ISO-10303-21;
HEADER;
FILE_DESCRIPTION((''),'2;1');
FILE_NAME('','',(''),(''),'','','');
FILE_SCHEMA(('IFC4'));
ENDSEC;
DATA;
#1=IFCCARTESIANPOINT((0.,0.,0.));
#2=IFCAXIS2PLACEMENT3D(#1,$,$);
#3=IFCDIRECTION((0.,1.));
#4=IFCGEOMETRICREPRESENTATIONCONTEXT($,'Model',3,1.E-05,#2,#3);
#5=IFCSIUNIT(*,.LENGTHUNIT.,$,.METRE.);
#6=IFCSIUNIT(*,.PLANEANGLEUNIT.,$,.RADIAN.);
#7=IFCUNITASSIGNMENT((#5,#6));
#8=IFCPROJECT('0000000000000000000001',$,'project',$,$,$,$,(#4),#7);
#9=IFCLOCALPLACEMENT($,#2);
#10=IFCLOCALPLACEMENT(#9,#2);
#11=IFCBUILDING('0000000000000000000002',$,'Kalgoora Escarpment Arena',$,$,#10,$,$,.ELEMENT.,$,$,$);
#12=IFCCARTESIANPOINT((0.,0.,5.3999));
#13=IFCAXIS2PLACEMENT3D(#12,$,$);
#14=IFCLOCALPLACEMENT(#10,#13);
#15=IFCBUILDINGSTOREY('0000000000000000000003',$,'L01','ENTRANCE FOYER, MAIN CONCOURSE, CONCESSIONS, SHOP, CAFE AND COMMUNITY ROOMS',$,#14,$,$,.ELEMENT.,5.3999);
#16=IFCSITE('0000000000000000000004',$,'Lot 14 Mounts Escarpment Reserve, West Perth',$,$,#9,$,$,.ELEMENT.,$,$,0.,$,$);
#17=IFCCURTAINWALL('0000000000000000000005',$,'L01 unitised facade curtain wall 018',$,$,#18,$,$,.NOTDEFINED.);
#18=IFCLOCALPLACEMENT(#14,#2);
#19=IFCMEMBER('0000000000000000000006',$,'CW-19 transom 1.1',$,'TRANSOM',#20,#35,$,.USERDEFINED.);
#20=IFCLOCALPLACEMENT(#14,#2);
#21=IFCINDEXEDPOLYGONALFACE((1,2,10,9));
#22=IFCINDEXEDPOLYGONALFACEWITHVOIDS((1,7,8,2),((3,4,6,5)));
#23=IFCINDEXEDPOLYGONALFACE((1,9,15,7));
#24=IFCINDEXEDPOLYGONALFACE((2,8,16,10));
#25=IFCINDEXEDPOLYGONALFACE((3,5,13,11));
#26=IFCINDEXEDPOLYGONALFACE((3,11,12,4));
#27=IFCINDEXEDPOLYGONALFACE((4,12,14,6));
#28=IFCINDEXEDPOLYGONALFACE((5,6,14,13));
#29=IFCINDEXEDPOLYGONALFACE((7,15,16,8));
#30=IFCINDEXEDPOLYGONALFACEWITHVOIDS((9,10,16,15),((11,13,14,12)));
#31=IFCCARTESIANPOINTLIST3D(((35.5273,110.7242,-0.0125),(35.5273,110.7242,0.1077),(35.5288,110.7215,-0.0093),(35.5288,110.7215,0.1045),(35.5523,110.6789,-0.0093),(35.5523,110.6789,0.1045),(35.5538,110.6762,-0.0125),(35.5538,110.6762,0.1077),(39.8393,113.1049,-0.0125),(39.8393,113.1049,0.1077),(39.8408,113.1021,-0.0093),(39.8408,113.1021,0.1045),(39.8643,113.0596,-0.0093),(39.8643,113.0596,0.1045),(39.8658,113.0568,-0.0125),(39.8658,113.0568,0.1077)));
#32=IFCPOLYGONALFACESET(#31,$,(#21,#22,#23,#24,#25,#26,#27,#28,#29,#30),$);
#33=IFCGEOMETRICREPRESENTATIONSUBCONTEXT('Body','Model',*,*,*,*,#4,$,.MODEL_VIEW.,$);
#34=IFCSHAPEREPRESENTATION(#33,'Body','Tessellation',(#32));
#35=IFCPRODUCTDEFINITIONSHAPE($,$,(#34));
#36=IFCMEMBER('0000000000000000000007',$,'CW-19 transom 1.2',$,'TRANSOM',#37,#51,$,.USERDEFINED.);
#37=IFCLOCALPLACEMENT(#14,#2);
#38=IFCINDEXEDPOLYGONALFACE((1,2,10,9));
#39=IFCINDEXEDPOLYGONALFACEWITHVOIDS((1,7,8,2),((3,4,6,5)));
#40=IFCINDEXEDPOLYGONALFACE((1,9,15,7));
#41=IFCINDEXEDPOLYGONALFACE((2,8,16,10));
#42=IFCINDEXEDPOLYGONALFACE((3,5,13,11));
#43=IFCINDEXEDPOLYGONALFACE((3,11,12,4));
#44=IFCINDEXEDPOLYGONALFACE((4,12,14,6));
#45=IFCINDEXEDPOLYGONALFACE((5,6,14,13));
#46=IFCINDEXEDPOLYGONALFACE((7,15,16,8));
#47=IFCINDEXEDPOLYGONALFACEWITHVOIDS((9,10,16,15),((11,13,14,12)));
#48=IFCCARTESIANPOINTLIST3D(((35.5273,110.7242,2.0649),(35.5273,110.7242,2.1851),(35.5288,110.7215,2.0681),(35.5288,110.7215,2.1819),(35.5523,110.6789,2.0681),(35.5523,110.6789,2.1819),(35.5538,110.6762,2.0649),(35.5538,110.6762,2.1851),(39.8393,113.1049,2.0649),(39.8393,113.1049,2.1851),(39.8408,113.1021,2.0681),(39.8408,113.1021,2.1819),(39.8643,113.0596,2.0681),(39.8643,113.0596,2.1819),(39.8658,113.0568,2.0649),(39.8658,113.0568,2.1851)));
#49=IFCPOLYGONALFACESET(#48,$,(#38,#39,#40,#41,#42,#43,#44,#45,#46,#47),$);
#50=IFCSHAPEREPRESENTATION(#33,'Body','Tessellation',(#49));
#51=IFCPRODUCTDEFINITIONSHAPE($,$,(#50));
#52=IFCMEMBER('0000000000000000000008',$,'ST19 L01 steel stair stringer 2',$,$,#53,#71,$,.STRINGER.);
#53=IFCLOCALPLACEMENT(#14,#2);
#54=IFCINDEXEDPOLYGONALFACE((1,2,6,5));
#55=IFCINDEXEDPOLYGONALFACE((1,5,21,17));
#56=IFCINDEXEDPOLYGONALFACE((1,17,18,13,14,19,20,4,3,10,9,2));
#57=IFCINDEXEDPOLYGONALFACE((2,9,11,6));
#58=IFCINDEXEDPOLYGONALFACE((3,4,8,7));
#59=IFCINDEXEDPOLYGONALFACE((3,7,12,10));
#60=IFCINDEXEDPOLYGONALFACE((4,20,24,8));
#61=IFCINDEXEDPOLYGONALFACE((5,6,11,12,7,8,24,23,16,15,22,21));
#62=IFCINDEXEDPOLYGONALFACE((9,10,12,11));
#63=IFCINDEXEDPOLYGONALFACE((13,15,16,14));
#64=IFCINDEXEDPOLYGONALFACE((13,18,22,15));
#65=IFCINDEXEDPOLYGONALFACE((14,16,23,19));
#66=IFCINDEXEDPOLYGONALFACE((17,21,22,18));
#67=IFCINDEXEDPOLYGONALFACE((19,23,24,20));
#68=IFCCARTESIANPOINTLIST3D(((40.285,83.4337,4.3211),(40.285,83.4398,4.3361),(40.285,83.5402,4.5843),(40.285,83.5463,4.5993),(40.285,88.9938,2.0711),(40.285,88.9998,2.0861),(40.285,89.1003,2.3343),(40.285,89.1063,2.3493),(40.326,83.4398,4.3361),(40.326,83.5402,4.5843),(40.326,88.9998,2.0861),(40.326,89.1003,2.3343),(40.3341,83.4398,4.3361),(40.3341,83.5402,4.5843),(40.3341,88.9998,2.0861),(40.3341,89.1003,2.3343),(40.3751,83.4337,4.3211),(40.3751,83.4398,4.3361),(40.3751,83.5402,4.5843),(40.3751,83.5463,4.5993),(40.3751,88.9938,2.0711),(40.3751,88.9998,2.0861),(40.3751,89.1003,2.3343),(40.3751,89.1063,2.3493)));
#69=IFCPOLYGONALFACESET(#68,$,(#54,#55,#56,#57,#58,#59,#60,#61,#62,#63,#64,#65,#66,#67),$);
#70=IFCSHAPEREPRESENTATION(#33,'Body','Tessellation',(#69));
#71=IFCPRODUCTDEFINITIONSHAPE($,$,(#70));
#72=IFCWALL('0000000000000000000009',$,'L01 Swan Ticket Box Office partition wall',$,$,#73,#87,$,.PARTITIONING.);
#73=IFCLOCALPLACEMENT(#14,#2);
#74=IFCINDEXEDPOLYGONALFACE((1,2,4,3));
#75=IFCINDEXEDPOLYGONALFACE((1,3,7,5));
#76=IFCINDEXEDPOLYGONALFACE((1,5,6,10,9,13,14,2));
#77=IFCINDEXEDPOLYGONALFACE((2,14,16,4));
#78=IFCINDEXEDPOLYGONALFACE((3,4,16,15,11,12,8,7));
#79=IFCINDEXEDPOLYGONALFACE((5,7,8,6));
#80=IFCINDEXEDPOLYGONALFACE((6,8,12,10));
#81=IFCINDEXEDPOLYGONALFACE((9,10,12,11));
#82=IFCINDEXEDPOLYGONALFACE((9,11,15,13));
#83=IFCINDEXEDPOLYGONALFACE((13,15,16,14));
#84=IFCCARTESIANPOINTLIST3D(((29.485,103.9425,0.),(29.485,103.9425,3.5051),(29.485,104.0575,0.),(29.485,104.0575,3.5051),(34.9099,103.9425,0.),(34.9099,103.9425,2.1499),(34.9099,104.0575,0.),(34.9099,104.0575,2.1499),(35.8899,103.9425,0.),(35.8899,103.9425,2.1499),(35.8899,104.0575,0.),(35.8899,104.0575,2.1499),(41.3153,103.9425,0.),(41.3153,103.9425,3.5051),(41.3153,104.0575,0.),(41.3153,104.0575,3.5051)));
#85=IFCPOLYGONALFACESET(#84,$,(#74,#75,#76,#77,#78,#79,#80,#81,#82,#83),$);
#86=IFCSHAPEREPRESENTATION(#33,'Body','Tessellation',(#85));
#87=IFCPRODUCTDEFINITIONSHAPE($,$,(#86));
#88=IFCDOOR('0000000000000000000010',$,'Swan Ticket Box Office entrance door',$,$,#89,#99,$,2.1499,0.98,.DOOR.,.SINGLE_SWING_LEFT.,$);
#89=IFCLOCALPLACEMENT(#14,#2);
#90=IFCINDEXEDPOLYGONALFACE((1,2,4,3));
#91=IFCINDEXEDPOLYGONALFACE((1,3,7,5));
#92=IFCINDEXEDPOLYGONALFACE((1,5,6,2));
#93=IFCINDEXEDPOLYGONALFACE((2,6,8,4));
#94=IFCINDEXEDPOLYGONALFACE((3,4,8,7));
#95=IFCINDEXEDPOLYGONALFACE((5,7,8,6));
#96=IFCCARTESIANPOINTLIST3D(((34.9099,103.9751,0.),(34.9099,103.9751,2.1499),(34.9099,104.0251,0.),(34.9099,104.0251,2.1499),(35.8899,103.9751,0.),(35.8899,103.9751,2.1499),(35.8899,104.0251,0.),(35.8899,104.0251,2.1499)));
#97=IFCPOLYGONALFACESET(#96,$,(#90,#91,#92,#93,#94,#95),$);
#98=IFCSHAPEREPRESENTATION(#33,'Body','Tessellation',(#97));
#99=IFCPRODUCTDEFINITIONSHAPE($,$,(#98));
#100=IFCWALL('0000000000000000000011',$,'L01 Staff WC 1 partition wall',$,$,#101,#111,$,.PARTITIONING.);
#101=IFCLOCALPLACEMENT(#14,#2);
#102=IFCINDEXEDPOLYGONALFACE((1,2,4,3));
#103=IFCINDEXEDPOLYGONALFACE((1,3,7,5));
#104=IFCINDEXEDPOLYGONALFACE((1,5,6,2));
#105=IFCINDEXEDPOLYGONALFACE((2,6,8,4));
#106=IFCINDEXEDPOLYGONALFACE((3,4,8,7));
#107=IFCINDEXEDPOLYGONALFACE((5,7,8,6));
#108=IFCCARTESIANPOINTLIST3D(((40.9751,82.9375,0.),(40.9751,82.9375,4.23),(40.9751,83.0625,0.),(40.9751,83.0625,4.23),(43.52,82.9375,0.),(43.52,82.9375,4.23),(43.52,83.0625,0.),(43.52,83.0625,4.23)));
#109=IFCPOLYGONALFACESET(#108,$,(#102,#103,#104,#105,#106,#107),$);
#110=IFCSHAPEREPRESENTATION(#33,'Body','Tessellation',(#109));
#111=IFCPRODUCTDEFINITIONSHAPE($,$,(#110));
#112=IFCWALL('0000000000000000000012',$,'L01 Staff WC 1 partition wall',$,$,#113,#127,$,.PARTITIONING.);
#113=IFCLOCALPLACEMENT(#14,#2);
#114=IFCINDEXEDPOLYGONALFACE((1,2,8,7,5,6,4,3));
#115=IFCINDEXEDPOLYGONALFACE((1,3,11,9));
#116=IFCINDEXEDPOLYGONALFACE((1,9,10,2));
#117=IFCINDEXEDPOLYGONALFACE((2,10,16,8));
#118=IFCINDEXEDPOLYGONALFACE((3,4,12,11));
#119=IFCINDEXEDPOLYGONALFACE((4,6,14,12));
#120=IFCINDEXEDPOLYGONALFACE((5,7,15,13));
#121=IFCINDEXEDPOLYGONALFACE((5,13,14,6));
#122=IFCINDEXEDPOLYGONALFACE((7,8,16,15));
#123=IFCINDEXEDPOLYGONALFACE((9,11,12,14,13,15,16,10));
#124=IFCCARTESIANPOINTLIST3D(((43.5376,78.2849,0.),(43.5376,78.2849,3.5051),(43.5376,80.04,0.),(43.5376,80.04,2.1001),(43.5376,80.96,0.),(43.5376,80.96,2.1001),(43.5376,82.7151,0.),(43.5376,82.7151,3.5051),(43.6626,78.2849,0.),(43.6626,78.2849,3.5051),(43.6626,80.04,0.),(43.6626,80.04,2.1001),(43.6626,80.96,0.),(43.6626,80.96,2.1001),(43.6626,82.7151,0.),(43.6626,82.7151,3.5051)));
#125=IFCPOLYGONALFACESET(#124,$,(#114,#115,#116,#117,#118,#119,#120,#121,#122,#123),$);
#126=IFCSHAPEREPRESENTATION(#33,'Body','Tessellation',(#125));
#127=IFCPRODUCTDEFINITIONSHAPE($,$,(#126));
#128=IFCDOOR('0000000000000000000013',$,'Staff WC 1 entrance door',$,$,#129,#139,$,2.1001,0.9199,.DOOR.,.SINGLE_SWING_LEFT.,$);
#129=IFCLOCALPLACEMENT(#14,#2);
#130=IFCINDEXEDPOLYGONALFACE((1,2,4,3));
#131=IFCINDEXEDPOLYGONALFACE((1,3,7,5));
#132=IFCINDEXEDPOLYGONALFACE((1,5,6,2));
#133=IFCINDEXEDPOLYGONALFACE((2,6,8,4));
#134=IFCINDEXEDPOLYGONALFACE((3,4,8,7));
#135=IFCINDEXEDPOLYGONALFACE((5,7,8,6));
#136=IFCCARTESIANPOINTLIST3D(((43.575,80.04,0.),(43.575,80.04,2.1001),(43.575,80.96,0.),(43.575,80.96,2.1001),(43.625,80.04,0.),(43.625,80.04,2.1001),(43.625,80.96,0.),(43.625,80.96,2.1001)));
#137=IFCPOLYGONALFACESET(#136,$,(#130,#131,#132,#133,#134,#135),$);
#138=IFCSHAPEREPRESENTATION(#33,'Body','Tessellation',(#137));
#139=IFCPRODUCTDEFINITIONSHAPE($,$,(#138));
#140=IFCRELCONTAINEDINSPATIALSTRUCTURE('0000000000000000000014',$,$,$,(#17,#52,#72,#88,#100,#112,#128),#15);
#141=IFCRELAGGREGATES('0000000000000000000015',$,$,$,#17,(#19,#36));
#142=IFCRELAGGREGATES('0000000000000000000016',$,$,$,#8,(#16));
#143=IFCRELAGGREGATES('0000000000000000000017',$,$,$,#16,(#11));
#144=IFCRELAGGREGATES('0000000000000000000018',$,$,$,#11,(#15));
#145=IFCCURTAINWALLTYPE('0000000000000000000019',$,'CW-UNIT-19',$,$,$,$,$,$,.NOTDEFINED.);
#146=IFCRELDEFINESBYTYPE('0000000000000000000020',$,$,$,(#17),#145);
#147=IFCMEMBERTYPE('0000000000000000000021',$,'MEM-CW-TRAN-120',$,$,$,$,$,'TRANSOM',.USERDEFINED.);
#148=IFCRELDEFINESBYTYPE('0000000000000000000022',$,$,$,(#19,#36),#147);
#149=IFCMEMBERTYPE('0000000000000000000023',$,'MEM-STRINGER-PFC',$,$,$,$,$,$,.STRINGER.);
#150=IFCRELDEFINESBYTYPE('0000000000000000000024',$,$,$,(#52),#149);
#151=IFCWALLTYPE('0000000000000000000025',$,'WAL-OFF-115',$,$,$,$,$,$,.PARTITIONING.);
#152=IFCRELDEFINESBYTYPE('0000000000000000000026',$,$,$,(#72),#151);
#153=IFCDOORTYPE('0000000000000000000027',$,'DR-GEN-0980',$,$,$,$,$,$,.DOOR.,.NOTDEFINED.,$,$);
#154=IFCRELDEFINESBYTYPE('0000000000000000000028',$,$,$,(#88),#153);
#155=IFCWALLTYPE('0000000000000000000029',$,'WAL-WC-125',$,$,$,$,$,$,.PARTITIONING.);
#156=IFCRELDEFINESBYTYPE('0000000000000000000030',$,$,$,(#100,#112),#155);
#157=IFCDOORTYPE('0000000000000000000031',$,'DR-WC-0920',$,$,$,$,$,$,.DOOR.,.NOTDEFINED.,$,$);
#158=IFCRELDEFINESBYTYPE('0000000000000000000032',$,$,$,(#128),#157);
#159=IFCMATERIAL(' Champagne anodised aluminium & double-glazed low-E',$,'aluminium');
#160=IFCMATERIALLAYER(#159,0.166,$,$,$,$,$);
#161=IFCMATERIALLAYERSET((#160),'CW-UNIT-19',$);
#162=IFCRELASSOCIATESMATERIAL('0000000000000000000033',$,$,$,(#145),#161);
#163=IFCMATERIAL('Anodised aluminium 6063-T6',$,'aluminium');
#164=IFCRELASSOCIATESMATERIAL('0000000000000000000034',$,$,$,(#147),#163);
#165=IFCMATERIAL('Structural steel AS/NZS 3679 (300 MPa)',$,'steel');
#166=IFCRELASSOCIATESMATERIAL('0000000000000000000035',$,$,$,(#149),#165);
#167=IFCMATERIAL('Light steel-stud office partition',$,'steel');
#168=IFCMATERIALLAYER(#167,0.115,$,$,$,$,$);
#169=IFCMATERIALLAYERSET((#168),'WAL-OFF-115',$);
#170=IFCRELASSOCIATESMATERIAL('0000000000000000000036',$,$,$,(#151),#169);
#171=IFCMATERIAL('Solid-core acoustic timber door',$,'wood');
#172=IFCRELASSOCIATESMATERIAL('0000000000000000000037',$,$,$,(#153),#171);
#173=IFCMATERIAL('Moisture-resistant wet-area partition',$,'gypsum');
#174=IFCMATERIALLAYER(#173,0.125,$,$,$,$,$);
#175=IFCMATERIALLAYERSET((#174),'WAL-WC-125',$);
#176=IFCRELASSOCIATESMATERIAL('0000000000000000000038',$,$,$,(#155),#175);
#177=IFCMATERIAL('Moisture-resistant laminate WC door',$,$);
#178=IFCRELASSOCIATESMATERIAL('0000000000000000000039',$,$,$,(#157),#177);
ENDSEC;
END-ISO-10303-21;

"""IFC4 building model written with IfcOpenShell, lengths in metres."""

from ifc_helpers import new_model, si_unit, direction, frame, frame_2d, origin, origin_2d, place, context, subcontext, project, spatial, rectangle, hollow_rectangle, i_section, extrude, material, layer, layer_set, material_profile, profile_set, type_object, element, fill, aggregate, save


model = new_model("IFC4")

# Units and contexts
model_context = context("Model", 3, precision=1e-05, world=origin(), true_north=direction((0.0, 1.0)))
body_context = subcontext(model_context, "Body", "Model", "MODEL_VIEW")
ifc_project = project(units=[si_unit("LENGTHUNIT", "METRE"), si_unit("PLANEANGLEUNIT", "RADIAN")], contexts=[model_context])

# Site, building, storey
site_placement = place(None, origin())
site = spatial("IfcSite", under=ifc_project, at=site_placement, Name="Lot 14 Mounts Escarpment Reserve, West Perth", CompositionType="ELEMENT", RefElevation=0.0)
building_placement = place(site_placement, origin())
building = spatial("IfcBuilding", under=site, at=building_placement, Name="Kalgoora Escarpment Arena", CompositionType="ELEMENT")
storey_placement = place(building_placement, frame((0.0, 0.0, 5.3999)))
storey = spatial("IfcBuildingStorey", under=building, at=storey_placement, Name="L01", Description="ENTRANCE FOYER, MAIN CONCOURSE, CONCESSIONS, SHOP, CAFE AND COMMUNITY ROOMS", CompositionType="ELEMENT", Elevation=5.3999)

# Curtain wall, members
ifc_material_1 = material(Name=" Champagne anodised aluminium & double-glazed low-E", Category="aluminium")
ifc_layer_1 = layer(ifc_material_1, 0.166)
ifc_layer_set_1 = layer_set([ifc_layer_1], Name="CW-UNIT-19")
curtain_wall_type_1 = type_object("IfcCurtainWallType", Name="CW-UNIT-19", PredefinedType="NOTDEFINED", material=ifc_layer_set_1)
curtain_wall_1_placement = place(storey_placement, origin())
curtain_wall_1 = element("IfcCurtainWall", 1, at=curtain_wall_1_placement, inside=storey, type_object=curtain_wall_type_1, Name="L01 unitised facade curtain wall 018", PredefinedType="NOTDEFINED")
ifc_material_2 = material(Name="Anodised aluminium 6063-T6", Category="aluminium")
ifc_material_profile_1 = material_profile(ifc_material_2, hollow_rectangle(XDim=0.0549, YDim=0.1201, WallThickness=0.0032, at=origin_2d()))
ifc_profile_set_1 = profile_set([ifc_material_profile_1], Name="Anodised aluminium 6063-T6")
member_type_1 = type_object("IfcMemberType", Name="MEM-CW-TRAN-120", ElementType="TRANSOM", PredefinedType="USERDEFINED", material=ifc_profile_set_1)
member_1_placement = place(storey_placement, frame((35.5405, 110.7002, 0.0476), z_axis=(0.875442, 0.483322, 0.0), x_axis=(-0.483322, 0.875442, 0.0)))
member_1 = element("IfcMember", 2, at=member_1_placement, type_object=member_type_1, Name="CW-19 transom 1.1", ObjectType="TRANSOM", PredefinedType="USERDEFINED", context=body_context, shape_type="SweptSolid", body=[
    extrude(hollow_rectangle(XDim=0.0549, YDim=0.1201, WallThickness=0.0032, at=origin_2d()), origin(), (0.0, 0.0, 1.0), 4.9255),
])
member_2_placement = place(storey_placement, frame((35.5405, 110.7002, 2.125), z_axis=(0.875442, 0.483322, 0.0), x_axis=(-0.483322, 0.875442, 0.0)))
member_2 = element("IfcMember", 3, at=member_2_placement, type_object=member_type_1, Name="CW-19 transom 1.2", ObjectType="TRANSOM", PredefinedType="USERDEFINED", context=body_context, shape_type="SweptSolid", body=[
    extrude(hollow_rectangle(XDim=0.0549, YDim=0.1201, WallThickness=0.0032, at=origin_2d()), origin(), (0.0, 0.0, 1.0), 4.9255),
])
aggregate(curtain_wall_1, [member_1, member_2])

# Member
ifc_material_3 = material(Name="Structural steel AS/NZS 3679 (300 MPa)", Category="steel")
ifc_material_profile_2 = material_profile(ifc_material_3, i_section(OverallWidth=0.0901, OverallDepth=0.3, WebThickness=0.0081, FlangeThickness=0.0161, at=origin_2d()))
ifc_profile_set_2 = profile_set([ifc_material_profile_2], Name="Structural steel AS/NZS 3679 (300 MPa)")
member_type_2 = type_object("IfcMemberType", Name="MEM-STRINGER-PFC", PredefinedType="STRINGER", material=ifc_profile_set_2)
member_3_placement = place(storey_placement, frame((40.3301, 89.05, 2.2102), z_axis=(0.0, -0.926976, 0.375121), x_axis=(1.0, 0.0, 0.0)))
element("IfcMember", 4, at=member_3_placement, inside=storey, type_object=member_type_2, Name="ST19 L01 steel stair stringer 2", PredefinedType="STRINGER", context=body_context, shape_type="SweptSolid", body=[
    extrude(i_section(OverallWidth=0.0901, OverallDepth=0.3, WebThickness=0.0081, FlangeThickness=0.0161, at=origin_2d()), origin(), (0.0, 0.0, 1.0), 5.998),
])

# Wall, opening, door
ifc_material_4 = material(Name="Light steel-stud office partition", Category="steel")
ifc_layer_2 = layer(ifc_material_4, 0.115)
ifc_layer_set_2 = layer_set([ifc_layer_2], Name="WAL-OFF-115")
wall_type_1 = type_object("IfcWallType", Name="WAL-OFF-115", PredefinedType="PARTITIONING", material=ifc_layer_set_2)
wall_1_placement = place(storey_placement, frame((41.3152, 104.0, 0.0), z_axis=(0.0, 0.0, 1.0), x_axis=(-1.0, 0.0, 0.0)))
wall_1 = element("IfcWall", 5, at=wall_1_placement, inside=storey, type_object=wall_type_1, Name="L01 Swan Ticket Box Office partition wall", PredefinedType="PARTITIONING", context=body_context, shape_type="SweptSolid", body=[
    extrude(rectangle(XDim=11.8303, YDim=0.115, at=frame_2d((5.915, 0.0))), origin(), (0.0, 0.0, 1.0), 3.5051),
])
opening_1_placement = place(wall_1_placement, frame((5.4253, 0.0, 0.0)))
opening_1 = element("IfcOpeningElement", 6, at=opening_1_placement, cuts=wall_1, PredefinedType="OPENING", context=body_context, shape_type="SweptSolid", body=[
    extrude(rectangle(XDim=0.98, YDim=2.1499, at=frame_2d((0.49, 1.075))), frame((0.0, 0.0674, 0.0), z_axis=(0.0, -1.0, 0.0), x_axis=(1.0, 0.0, 0.0)), (0.0, 0.0, 1.0), 0.135),
])
ifc_material_5 = material(Name="Solid-core acoustic timber door", Category="wood")
door_type_1 = type_object("IfcDoorType", Name="DR-GEN-0980", OperationType="NOTDEFINED", PredefinedType="DOOR", material=ifc_material_5)
door_1_placement = place(opening_1_placement, origin())
door_1 = element("IfcDoor", 7, at=door_1_placement, inside=storey, type_object=door_type_1, Name="Swan Ticket Box Office entrance door", OperationType="SINGLE_SWING_LEFT", OverallHeight=2.1499, OverallWidth=0.98, PredefinedType="DOOR", context=body_context, shape_type="SweptSolid", body=[
    extrude(rectangle(XDim=0.98, YDim=2.1499, at=frame_2d((0.49, 1.075))), frame((0.0, 0.0249, 0.0), z_axis=(0.0, -1.0, 0.0), x_axis=(1.0, 0.0, 0.0)), (0.0, 0.0, 1.0), 0.05),
])
fill(opening_1, door_1)

# Wall
ifc_material_6 = material(Name="Moisture-resistant wet-area partition", Category="gypsum")
ifc_layer_3 = layer(ifc_material_6, 0.125)
ifc_layer_set_3 = layer_set([ifc_layer_3], Name="WAL-WC-125")
wall_type_2 = type_object("IfcWallType", Name="WAL-WC-125", PredefinedType="PARTITIONING", material=ifc_layer_set_3)
wall_2_placement = place(storey_placement, frame((40.9751, 83.0, 0.0), z_axis=(0.0, 0.0, 1.0), x_axis=(1.0, 0.0, 0.0)))
element("IfcWall", 8, at=wall_2_placement, inside=storey, type_object=wall_type_2, Name="L01 Staff WC 1 partition wall", PredefinedType="PARTITIONING", context=body_context, shape_type="SweptSolid", body=[
    extrude(rectangle(XDim=2.5449, YDim=0.125, at=frame_2d((1.2725, 0.0))), origin(), (0.0, 0.0, 1.0), 4.23),
])

# Wall, opening, door
wall_3_placement = place(storey_placement, frame((43.6001, 82.7151, 0.0), z_axis=(0.0, 0.0, 1.0), x_axis=(0.0, -1.0, 0.0)))
wall_3 = element("IfcWall", 9, at=wall_3_placement, inside=storey, type_object=wall_type_2, Name="L01 Staff WC 1 partition wall", PredefinedType="PARTITIONING", context=body_context, shape_type="SweptSolid", body=[
    extrude(rectangle(XDim=4.4302, YDim=0.125, at=frame_2d((2.2151, 0.0))), origin(), (0.0, 0.0, 1.0), 3.5051),
])
opening_2_placement = place(wall_3_placement, frame((1.7551, 0.0, 0.0)))
opening_2 = element("IfcOpeningElement", 10, at=opening_2_placement, cuts=wall_3, PredefinedType="OPENING", context=body_context, shape_type="SweptSolid", body=[
    extrude(rectangle(XDim=0.9199, YDim=2.1001, at=frame_2d((0.46, 1.05))), frame((0.0, 0.0725, 0.0), z_axis=(0.0, -1.0, 0.0), x_axis=(1.0, 0.0, 0.0)), (0.0, 0.0, 1.0), 0.145),
])
ifc_material_7 = material(Name="Moisture-resistant laminate WC door")
door_type_2 = type_object("IfcDoorType", Name="DR-WC-0920", OperationType="NOTDEFINED", PredefinedType="DOOR", material=ifc_material_7)
door_2_placement = place(opening_2_placement, origin())
door_2 = element("IfcDoor", 11, at=door_2_placement, inside=storey, type_object=door_type_2, Name="Staff WC 1 entrance door", OperationType="SINGLE_SWING_LEFT", OverallHeight=2.1001, OverallWidth=0.9199, PredefinedType="DOOR", context=body_context, shape_type="SweptSolid", body=[
    extrude(rectangle(XDim=0.9199, YDim=2.1001, at=frame_2d((0.46, 1.05))), frame((0.0, 0.0249, 0.0), z_axis=(0.0, -1.0, 0.0), x_axis=(1.0, 0.0, 0.0)), (0.0, 0.0, 1.0), 0.05),
])
fill(opening_2, door_2)

save(model, "model.ifc")
